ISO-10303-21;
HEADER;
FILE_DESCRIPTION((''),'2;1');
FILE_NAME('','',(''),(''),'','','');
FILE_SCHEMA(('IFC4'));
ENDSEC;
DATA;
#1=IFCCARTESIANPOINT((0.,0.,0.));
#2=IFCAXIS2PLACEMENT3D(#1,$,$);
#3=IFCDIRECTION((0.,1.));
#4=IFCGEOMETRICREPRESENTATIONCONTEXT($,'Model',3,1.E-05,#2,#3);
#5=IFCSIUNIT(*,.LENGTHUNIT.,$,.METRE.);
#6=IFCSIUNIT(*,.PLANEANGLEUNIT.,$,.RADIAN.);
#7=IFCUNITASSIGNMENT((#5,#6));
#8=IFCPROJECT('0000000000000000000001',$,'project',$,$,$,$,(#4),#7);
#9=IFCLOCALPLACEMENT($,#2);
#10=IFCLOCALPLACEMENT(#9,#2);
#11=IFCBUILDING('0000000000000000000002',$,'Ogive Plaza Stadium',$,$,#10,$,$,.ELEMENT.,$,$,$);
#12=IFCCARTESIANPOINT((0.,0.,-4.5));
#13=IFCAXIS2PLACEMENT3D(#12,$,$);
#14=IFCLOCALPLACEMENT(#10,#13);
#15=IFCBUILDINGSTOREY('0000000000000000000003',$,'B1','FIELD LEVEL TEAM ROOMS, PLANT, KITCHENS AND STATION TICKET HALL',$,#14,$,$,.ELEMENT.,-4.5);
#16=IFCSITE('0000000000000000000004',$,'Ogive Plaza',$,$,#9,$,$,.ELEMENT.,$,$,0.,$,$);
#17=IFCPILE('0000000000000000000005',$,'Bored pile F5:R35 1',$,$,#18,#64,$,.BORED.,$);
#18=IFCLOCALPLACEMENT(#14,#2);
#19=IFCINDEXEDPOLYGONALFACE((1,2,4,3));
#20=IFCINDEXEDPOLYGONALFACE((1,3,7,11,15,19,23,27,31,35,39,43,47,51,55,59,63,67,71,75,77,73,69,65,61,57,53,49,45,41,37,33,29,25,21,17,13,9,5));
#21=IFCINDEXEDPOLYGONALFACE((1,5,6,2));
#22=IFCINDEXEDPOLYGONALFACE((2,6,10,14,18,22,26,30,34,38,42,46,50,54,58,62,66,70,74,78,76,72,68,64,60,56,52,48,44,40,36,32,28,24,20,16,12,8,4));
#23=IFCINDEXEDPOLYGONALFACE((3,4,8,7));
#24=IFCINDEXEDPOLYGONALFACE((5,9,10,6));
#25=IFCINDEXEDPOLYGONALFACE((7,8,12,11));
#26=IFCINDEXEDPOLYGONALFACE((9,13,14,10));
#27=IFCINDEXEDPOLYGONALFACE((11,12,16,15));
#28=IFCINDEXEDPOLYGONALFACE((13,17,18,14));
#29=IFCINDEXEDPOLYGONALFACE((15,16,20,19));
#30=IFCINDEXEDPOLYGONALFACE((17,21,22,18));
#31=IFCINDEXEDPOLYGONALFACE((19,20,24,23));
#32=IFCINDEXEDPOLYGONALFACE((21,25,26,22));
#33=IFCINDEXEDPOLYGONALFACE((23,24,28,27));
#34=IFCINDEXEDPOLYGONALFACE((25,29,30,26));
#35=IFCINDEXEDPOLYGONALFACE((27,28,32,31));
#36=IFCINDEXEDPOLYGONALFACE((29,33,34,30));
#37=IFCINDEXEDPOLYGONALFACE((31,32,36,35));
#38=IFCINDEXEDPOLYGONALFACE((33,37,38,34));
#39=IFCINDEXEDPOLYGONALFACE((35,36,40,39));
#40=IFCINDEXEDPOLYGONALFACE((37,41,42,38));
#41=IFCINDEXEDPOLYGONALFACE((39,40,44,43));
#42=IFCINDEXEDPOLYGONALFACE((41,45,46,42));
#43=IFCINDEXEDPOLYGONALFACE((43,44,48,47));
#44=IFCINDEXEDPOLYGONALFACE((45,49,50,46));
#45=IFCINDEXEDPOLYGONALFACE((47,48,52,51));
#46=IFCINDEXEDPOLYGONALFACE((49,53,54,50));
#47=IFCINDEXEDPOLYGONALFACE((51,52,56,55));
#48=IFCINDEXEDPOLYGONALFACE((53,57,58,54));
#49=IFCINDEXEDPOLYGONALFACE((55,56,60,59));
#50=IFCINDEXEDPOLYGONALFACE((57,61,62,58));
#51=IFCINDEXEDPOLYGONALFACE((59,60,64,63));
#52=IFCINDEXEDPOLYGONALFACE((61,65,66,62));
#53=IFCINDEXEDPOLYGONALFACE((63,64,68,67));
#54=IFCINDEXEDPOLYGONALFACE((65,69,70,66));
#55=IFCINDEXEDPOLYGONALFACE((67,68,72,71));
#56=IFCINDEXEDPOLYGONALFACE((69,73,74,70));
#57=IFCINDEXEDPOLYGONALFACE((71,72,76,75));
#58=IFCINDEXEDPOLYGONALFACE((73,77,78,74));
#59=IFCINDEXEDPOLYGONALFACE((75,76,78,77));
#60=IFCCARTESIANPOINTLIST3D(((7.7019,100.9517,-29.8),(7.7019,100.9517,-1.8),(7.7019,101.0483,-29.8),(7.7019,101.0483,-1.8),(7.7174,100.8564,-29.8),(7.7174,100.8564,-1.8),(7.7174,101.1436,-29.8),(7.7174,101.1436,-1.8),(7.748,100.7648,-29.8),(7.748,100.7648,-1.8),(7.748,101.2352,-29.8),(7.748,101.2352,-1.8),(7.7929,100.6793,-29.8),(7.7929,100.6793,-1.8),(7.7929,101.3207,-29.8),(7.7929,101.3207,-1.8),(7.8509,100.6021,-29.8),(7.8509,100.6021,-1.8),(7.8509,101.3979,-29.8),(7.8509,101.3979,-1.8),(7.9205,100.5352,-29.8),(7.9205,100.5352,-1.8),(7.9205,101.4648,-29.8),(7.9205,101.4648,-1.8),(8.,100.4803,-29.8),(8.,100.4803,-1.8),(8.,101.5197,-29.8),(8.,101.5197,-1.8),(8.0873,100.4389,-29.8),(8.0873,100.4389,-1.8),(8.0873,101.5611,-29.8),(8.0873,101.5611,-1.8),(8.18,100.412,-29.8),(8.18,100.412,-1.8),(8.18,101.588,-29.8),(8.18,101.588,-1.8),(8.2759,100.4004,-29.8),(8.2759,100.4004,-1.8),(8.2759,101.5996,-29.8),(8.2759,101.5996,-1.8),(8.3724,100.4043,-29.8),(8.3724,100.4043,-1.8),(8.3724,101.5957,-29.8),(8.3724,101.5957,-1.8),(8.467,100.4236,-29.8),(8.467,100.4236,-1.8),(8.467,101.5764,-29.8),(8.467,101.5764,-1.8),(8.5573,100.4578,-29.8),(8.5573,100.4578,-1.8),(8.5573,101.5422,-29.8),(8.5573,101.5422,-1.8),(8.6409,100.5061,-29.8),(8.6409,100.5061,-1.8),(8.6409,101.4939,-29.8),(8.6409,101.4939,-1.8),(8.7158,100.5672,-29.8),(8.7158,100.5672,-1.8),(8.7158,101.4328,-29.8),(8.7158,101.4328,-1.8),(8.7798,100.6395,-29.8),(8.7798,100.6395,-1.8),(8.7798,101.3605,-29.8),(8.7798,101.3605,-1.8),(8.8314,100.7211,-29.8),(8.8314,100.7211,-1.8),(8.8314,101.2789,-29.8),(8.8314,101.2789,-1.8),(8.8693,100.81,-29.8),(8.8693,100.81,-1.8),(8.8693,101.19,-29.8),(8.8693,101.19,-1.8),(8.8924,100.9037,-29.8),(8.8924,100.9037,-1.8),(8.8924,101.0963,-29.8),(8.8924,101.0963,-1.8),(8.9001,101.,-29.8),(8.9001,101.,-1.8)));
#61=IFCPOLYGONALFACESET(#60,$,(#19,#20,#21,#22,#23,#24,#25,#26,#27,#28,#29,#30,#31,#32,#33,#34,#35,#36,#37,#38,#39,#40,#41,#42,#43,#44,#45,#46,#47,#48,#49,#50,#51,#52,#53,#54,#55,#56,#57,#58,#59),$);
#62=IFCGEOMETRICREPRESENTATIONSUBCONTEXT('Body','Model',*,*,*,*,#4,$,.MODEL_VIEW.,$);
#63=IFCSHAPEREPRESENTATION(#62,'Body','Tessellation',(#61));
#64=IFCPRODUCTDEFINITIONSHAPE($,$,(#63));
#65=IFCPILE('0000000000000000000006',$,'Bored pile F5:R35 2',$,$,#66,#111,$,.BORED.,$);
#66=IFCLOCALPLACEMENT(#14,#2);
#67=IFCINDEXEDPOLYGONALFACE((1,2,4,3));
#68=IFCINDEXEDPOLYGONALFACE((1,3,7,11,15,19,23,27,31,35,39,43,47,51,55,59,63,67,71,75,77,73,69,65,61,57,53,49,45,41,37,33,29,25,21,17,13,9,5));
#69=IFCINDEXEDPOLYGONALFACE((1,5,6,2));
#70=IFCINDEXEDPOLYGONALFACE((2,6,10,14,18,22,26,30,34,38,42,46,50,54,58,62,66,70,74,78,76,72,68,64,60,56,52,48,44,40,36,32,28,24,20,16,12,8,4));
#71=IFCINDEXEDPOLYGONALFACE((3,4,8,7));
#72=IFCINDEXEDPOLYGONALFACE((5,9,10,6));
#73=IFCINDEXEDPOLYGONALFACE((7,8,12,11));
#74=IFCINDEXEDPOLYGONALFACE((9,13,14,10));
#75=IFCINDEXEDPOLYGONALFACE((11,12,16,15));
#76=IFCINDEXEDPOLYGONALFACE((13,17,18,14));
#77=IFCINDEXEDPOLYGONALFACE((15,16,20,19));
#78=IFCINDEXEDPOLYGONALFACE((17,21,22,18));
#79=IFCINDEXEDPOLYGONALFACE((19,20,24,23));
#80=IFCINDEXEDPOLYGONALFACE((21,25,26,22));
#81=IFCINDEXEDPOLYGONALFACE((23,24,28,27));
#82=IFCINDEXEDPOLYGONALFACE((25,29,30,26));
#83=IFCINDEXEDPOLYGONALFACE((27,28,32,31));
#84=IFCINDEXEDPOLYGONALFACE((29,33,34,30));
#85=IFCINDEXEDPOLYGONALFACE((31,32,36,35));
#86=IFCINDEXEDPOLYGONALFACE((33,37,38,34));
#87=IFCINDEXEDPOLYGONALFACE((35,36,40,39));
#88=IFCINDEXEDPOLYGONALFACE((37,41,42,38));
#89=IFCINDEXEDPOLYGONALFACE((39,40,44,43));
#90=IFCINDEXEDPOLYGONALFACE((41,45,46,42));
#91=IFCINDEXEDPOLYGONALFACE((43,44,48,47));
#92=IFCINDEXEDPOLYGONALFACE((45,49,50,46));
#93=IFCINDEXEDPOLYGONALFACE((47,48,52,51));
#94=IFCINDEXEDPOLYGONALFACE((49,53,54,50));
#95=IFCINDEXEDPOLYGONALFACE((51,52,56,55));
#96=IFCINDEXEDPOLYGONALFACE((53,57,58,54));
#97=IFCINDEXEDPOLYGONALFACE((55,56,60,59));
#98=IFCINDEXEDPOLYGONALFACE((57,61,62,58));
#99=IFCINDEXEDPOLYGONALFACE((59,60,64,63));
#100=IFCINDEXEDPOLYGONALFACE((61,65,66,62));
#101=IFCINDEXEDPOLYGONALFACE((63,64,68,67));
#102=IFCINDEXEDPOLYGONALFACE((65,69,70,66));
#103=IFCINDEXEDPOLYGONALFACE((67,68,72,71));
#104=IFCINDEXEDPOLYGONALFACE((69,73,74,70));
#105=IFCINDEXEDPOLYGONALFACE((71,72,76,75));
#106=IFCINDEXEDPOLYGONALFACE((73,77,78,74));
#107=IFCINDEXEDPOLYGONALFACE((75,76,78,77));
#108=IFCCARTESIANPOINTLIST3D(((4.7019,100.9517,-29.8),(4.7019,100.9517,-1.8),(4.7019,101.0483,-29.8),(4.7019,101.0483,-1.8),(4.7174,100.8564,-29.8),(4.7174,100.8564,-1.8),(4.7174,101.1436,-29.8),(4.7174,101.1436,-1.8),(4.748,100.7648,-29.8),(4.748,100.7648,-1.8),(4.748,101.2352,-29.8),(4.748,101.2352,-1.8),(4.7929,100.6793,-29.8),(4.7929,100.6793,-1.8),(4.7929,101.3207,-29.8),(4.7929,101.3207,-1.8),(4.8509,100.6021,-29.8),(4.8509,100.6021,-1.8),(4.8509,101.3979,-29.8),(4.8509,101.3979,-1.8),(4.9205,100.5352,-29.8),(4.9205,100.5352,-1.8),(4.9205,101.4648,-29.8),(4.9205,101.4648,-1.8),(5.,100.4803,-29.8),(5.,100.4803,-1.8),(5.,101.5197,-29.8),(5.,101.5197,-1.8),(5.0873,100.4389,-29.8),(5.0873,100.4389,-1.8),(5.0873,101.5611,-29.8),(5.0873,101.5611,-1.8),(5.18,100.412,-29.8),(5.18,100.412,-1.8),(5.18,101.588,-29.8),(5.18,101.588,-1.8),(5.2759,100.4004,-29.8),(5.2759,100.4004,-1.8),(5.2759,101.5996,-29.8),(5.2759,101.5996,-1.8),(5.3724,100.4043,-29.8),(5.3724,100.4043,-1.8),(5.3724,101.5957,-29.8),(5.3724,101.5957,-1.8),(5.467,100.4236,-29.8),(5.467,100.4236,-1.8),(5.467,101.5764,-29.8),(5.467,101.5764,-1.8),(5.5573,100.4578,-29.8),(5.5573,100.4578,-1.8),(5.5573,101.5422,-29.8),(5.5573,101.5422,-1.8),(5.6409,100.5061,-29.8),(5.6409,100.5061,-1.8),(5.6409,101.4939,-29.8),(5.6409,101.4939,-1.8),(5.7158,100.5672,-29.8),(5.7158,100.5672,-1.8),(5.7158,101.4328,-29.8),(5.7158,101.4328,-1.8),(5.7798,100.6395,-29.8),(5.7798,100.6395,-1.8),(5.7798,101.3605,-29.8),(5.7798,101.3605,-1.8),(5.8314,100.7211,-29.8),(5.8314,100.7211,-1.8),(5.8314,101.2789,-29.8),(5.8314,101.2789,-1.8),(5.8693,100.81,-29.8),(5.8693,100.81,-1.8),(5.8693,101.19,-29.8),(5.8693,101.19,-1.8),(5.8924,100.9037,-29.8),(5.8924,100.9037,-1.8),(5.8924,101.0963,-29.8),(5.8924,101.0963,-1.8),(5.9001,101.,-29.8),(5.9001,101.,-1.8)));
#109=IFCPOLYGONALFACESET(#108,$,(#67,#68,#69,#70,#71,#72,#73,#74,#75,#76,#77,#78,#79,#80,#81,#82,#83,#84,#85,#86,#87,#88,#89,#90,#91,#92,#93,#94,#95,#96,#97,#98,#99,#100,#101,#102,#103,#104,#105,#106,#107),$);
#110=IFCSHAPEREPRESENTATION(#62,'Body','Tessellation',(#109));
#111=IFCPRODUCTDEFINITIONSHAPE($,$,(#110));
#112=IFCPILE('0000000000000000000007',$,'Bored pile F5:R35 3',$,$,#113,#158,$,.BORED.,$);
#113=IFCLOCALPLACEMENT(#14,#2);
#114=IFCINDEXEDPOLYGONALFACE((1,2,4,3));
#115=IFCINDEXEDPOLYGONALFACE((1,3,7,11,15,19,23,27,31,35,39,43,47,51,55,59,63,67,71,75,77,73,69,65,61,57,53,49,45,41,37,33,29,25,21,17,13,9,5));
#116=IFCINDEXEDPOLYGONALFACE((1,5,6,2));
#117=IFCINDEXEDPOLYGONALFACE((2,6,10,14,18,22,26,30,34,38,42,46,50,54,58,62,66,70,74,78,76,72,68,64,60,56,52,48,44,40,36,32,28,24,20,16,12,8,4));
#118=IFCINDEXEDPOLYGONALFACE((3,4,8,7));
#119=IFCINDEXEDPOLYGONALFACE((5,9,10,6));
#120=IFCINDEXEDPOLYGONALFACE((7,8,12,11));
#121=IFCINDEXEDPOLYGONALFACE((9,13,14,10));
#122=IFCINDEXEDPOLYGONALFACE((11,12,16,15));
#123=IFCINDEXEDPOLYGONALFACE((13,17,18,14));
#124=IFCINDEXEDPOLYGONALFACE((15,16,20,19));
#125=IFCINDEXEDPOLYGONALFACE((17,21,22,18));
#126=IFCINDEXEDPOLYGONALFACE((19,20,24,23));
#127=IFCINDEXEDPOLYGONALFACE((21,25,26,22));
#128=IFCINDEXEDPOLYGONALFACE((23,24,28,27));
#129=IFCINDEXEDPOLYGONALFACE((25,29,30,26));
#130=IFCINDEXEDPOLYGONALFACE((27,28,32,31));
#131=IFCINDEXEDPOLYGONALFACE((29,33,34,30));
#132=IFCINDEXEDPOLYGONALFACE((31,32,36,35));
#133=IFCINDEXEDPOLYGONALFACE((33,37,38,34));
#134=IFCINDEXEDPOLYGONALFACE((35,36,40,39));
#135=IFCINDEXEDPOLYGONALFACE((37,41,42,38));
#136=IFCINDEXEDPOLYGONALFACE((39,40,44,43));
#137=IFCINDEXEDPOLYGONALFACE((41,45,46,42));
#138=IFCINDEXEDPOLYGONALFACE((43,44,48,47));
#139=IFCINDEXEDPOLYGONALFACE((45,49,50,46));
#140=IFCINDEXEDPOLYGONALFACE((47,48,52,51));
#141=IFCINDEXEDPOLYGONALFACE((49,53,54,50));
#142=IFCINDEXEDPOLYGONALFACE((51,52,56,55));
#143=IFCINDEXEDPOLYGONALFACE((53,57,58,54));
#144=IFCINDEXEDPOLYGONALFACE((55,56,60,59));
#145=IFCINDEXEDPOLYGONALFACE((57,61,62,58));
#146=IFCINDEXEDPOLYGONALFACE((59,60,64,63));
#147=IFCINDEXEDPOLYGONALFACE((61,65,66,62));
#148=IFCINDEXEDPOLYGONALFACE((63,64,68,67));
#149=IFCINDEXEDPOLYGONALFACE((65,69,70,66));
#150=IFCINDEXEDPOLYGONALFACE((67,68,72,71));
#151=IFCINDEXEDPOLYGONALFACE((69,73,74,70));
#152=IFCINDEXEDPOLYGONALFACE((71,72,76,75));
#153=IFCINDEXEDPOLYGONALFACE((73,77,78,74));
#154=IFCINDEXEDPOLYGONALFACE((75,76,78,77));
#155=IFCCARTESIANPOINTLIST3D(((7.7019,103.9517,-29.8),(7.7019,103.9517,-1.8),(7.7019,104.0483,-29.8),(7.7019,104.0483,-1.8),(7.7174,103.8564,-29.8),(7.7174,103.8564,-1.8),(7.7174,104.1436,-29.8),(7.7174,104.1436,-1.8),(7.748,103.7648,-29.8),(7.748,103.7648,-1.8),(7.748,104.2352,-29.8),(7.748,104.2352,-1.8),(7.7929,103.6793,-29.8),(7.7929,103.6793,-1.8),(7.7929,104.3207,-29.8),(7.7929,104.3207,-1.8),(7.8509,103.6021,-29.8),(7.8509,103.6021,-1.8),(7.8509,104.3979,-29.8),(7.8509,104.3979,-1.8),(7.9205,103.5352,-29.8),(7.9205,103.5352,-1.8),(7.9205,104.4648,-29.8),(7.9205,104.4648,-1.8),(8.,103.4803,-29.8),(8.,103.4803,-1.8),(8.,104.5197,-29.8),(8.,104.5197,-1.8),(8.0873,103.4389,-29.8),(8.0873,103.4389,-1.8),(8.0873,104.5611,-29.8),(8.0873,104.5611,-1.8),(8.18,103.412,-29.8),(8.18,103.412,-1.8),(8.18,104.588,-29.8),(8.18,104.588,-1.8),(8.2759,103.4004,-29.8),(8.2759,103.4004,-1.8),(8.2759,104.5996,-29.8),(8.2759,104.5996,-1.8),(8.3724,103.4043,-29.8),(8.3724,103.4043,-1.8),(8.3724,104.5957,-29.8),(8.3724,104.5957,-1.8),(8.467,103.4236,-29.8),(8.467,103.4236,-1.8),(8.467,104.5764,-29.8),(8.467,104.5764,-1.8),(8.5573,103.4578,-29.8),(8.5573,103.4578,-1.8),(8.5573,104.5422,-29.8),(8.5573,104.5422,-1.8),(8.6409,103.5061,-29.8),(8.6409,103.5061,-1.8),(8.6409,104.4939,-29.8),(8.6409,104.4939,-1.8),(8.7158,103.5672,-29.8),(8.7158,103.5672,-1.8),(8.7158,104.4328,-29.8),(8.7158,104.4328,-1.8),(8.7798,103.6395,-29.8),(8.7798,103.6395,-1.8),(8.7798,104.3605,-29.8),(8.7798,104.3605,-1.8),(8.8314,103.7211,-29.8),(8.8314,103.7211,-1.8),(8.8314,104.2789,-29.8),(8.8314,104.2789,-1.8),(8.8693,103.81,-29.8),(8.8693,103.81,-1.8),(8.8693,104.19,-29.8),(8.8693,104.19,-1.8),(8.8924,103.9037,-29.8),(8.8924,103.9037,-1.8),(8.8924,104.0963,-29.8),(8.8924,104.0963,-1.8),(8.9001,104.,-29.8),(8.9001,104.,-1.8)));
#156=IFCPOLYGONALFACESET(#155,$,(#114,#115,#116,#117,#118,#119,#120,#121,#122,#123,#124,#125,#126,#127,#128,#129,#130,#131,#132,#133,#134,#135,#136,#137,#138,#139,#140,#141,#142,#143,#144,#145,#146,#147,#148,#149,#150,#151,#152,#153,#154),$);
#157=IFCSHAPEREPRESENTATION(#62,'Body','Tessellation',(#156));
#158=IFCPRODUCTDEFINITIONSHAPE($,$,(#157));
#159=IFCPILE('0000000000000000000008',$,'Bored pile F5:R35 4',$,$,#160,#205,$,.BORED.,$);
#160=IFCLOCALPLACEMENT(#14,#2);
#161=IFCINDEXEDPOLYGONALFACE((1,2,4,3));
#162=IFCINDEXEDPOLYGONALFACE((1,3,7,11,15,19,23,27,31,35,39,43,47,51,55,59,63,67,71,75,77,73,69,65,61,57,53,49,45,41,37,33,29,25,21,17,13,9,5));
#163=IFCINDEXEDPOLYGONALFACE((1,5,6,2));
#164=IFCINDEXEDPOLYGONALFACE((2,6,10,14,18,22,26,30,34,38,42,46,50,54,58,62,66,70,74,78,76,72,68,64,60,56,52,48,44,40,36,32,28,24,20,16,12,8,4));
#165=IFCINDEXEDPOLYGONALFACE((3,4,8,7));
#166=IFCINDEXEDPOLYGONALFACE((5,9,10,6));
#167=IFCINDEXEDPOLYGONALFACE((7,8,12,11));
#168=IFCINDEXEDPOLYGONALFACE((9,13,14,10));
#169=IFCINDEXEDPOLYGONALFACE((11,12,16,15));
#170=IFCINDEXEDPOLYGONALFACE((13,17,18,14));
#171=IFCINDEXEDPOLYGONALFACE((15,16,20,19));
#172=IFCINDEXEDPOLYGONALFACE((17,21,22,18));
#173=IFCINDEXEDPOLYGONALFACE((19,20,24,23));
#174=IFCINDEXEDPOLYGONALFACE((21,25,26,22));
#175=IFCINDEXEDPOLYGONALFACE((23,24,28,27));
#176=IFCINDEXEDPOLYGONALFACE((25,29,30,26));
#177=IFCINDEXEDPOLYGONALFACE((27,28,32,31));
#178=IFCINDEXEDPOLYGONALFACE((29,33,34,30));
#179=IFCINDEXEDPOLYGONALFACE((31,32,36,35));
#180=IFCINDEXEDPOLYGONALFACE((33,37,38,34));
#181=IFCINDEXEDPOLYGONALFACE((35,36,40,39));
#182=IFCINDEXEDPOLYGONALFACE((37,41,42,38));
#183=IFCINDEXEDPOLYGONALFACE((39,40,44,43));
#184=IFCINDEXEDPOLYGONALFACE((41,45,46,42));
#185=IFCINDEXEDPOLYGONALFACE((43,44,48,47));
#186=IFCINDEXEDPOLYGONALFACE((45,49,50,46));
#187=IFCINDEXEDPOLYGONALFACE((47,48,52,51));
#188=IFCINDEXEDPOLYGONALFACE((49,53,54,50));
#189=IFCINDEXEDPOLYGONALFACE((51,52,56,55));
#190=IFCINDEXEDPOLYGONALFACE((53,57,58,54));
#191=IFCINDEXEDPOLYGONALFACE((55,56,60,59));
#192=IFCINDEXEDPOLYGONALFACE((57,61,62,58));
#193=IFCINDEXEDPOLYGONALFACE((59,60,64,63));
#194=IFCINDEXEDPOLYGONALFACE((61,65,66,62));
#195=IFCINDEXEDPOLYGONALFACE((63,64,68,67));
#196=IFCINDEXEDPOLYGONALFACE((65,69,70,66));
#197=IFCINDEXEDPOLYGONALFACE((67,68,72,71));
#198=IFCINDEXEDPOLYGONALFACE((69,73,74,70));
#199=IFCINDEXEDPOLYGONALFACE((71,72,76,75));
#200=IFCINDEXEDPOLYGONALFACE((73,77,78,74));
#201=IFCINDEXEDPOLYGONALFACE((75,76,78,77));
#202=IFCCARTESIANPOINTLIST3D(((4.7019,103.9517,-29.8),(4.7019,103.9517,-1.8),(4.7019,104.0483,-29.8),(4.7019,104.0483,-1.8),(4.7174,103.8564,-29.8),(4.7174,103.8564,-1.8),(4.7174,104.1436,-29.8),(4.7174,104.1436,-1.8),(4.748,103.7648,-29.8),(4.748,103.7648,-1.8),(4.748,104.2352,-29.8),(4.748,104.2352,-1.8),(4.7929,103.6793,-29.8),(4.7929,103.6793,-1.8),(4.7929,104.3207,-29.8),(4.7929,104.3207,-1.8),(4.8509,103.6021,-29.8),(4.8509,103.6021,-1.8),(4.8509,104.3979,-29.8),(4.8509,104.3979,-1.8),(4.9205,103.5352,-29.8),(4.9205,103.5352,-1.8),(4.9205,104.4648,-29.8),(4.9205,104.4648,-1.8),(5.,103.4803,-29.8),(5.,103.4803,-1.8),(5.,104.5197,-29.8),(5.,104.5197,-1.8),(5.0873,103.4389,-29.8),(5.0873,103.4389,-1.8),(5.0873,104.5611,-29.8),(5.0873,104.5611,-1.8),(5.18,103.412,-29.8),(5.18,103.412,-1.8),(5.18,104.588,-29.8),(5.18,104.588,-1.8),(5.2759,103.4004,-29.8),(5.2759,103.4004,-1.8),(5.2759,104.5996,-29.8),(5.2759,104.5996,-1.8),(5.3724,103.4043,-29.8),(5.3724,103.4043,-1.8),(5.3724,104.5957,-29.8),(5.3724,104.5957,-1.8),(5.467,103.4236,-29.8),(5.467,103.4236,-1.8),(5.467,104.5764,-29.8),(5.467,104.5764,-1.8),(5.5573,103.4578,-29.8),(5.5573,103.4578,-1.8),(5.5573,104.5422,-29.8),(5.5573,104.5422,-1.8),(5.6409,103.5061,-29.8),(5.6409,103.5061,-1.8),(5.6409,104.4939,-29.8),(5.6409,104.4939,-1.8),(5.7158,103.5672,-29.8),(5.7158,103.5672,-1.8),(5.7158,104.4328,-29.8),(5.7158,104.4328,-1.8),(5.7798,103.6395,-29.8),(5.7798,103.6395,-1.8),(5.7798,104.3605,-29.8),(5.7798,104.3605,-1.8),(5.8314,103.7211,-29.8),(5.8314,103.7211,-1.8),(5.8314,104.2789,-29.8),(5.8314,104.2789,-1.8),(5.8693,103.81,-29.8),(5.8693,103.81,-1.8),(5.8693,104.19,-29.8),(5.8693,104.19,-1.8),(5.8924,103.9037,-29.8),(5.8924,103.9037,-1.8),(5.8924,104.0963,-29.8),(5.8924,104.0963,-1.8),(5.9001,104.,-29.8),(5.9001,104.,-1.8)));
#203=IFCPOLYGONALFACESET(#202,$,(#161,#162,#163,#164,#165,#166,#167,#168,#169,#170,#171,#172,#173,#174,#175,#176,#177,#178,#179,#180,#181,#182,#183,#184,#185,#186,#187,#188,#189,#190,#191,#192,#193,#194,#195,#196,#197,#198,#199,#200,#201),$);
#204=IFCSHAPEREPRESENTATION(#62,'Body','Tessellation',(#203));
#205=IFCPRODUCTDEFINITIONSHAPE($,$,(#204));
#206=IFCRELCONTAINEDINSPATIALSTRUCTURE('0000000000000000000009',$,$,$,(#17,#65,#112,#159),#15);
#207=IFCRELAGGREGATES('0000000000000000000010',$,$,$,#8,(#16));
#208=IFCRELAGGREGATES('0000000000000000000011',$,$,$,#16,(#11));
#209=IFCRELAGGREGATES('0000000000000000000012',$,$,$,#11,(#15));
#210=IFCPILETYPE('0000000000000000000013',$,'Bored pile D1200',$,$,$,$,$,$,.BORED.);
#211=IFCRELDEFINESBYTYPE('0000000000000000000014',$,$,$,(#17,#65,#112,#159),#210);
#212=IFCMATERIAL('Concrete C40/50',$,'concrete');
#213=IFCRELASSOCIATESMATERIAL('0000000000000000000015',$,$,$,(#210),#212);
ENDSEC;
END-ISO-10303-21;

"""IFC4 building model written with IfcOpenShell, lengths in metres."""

from ifc_helpers import new_model, si_unit, direction, frame, origin, origin_2d, place, context, subcontext, project, spatial, circle, extrude, material, material_profile, profile_set, type_object, element, save


model = new_model("IFC4")

# Units and contexts
model_context = context("Model", 3, precision=1e-05, world=origin(), true_north=direction((0.0, 1.0)))
body_context = subcontext(model_context, "Body", "Model", "MODEL_VIEW")
ifc_project = project(units=[si_unit("LENGTHUNIT", "METRE"), si_unit("PLANEANGLEUNIT", "RADIAN")], contexts=[model_context])

# Site, building, storey
site_placement = place(None, origin())
site = spatial("IfcSite", under=ifc_project, at=site_placement, Name="Ogive Plaza", CompositionType="ELEMENT", RefElevation=0.0)
building_placement = place(site_placement, origin())
building = spatial("IfcBuilding", under=site, at=building_placement, Name="Ogive Plaza Stadium", CompositionType="ELEMENT")
storey_placement = place(building_placement, frame((0.0, 0.0, -4.5)))
storey = spatial("IfcBuildingStorey", under=building, at=storey_placement, Name="B1", Description="FIELD LEVEL TEAM ROOMS, PLANT, KITCHENS AND STATION TICKET HALL", CompositionType="ELEMENT", Elevation=-4.5)

# Piles
ifc_material_1 = material(Name="Concrete C40/50", Category="concrete")
ifc_material_profile_1 = material_profile(ifc_material_1, circle(Radius=0.6001, at=origin_2d()), Name="RC D1200")
ifc_profile_set_1 = profile_set([ifc_material_profile_1], Name="Concrete C40/50")
pile_type_1 = type_object("IfcPileType", Name="Bored pile D1200", PredefinedType="BORED", material=ifc_profile_set_1)
for number, where, z_axis, x_axis, name in (
    (1, (8.3, 101.0, -1.8), (0.0, 0.0, -1.0), (1.0, 0.0, 0.0), "Bored pile F5:R35 1"),
    (2, (5.3, 101.0, -1.8), (0.0, 0.0, -1.0), (1.0, 0.0, 0.0), "Bored pile F5:R35 2"),
    (3, (8.3, 104.0, -1.8), (0.0, 0.0, -1.0), (1.0, 0.0, 0.0), "Bored pile F5:R35 3"),
    (4, (5.3, 104.0, -1.8), (0.0, 0.0, -1.0), (1.0, 0.0, 0.0), "Bored pile F5:R35 4"),
):
    element("IfcPile", number, at=place(storey_placement, frame(where, z_axis=z_axis, x_axis=x_axis)), inside=storey, type_object=pile_type_1, Name=name, PredefinedType="BORED", context=body_context, shape_type="SweptSolid", body=[
        extrude(circle(Radius=0.6001, at=origin_2d()), origin(), (0.0, 0.0, 1.0), 28.0),
    ])

save(model, "model.ifc")
